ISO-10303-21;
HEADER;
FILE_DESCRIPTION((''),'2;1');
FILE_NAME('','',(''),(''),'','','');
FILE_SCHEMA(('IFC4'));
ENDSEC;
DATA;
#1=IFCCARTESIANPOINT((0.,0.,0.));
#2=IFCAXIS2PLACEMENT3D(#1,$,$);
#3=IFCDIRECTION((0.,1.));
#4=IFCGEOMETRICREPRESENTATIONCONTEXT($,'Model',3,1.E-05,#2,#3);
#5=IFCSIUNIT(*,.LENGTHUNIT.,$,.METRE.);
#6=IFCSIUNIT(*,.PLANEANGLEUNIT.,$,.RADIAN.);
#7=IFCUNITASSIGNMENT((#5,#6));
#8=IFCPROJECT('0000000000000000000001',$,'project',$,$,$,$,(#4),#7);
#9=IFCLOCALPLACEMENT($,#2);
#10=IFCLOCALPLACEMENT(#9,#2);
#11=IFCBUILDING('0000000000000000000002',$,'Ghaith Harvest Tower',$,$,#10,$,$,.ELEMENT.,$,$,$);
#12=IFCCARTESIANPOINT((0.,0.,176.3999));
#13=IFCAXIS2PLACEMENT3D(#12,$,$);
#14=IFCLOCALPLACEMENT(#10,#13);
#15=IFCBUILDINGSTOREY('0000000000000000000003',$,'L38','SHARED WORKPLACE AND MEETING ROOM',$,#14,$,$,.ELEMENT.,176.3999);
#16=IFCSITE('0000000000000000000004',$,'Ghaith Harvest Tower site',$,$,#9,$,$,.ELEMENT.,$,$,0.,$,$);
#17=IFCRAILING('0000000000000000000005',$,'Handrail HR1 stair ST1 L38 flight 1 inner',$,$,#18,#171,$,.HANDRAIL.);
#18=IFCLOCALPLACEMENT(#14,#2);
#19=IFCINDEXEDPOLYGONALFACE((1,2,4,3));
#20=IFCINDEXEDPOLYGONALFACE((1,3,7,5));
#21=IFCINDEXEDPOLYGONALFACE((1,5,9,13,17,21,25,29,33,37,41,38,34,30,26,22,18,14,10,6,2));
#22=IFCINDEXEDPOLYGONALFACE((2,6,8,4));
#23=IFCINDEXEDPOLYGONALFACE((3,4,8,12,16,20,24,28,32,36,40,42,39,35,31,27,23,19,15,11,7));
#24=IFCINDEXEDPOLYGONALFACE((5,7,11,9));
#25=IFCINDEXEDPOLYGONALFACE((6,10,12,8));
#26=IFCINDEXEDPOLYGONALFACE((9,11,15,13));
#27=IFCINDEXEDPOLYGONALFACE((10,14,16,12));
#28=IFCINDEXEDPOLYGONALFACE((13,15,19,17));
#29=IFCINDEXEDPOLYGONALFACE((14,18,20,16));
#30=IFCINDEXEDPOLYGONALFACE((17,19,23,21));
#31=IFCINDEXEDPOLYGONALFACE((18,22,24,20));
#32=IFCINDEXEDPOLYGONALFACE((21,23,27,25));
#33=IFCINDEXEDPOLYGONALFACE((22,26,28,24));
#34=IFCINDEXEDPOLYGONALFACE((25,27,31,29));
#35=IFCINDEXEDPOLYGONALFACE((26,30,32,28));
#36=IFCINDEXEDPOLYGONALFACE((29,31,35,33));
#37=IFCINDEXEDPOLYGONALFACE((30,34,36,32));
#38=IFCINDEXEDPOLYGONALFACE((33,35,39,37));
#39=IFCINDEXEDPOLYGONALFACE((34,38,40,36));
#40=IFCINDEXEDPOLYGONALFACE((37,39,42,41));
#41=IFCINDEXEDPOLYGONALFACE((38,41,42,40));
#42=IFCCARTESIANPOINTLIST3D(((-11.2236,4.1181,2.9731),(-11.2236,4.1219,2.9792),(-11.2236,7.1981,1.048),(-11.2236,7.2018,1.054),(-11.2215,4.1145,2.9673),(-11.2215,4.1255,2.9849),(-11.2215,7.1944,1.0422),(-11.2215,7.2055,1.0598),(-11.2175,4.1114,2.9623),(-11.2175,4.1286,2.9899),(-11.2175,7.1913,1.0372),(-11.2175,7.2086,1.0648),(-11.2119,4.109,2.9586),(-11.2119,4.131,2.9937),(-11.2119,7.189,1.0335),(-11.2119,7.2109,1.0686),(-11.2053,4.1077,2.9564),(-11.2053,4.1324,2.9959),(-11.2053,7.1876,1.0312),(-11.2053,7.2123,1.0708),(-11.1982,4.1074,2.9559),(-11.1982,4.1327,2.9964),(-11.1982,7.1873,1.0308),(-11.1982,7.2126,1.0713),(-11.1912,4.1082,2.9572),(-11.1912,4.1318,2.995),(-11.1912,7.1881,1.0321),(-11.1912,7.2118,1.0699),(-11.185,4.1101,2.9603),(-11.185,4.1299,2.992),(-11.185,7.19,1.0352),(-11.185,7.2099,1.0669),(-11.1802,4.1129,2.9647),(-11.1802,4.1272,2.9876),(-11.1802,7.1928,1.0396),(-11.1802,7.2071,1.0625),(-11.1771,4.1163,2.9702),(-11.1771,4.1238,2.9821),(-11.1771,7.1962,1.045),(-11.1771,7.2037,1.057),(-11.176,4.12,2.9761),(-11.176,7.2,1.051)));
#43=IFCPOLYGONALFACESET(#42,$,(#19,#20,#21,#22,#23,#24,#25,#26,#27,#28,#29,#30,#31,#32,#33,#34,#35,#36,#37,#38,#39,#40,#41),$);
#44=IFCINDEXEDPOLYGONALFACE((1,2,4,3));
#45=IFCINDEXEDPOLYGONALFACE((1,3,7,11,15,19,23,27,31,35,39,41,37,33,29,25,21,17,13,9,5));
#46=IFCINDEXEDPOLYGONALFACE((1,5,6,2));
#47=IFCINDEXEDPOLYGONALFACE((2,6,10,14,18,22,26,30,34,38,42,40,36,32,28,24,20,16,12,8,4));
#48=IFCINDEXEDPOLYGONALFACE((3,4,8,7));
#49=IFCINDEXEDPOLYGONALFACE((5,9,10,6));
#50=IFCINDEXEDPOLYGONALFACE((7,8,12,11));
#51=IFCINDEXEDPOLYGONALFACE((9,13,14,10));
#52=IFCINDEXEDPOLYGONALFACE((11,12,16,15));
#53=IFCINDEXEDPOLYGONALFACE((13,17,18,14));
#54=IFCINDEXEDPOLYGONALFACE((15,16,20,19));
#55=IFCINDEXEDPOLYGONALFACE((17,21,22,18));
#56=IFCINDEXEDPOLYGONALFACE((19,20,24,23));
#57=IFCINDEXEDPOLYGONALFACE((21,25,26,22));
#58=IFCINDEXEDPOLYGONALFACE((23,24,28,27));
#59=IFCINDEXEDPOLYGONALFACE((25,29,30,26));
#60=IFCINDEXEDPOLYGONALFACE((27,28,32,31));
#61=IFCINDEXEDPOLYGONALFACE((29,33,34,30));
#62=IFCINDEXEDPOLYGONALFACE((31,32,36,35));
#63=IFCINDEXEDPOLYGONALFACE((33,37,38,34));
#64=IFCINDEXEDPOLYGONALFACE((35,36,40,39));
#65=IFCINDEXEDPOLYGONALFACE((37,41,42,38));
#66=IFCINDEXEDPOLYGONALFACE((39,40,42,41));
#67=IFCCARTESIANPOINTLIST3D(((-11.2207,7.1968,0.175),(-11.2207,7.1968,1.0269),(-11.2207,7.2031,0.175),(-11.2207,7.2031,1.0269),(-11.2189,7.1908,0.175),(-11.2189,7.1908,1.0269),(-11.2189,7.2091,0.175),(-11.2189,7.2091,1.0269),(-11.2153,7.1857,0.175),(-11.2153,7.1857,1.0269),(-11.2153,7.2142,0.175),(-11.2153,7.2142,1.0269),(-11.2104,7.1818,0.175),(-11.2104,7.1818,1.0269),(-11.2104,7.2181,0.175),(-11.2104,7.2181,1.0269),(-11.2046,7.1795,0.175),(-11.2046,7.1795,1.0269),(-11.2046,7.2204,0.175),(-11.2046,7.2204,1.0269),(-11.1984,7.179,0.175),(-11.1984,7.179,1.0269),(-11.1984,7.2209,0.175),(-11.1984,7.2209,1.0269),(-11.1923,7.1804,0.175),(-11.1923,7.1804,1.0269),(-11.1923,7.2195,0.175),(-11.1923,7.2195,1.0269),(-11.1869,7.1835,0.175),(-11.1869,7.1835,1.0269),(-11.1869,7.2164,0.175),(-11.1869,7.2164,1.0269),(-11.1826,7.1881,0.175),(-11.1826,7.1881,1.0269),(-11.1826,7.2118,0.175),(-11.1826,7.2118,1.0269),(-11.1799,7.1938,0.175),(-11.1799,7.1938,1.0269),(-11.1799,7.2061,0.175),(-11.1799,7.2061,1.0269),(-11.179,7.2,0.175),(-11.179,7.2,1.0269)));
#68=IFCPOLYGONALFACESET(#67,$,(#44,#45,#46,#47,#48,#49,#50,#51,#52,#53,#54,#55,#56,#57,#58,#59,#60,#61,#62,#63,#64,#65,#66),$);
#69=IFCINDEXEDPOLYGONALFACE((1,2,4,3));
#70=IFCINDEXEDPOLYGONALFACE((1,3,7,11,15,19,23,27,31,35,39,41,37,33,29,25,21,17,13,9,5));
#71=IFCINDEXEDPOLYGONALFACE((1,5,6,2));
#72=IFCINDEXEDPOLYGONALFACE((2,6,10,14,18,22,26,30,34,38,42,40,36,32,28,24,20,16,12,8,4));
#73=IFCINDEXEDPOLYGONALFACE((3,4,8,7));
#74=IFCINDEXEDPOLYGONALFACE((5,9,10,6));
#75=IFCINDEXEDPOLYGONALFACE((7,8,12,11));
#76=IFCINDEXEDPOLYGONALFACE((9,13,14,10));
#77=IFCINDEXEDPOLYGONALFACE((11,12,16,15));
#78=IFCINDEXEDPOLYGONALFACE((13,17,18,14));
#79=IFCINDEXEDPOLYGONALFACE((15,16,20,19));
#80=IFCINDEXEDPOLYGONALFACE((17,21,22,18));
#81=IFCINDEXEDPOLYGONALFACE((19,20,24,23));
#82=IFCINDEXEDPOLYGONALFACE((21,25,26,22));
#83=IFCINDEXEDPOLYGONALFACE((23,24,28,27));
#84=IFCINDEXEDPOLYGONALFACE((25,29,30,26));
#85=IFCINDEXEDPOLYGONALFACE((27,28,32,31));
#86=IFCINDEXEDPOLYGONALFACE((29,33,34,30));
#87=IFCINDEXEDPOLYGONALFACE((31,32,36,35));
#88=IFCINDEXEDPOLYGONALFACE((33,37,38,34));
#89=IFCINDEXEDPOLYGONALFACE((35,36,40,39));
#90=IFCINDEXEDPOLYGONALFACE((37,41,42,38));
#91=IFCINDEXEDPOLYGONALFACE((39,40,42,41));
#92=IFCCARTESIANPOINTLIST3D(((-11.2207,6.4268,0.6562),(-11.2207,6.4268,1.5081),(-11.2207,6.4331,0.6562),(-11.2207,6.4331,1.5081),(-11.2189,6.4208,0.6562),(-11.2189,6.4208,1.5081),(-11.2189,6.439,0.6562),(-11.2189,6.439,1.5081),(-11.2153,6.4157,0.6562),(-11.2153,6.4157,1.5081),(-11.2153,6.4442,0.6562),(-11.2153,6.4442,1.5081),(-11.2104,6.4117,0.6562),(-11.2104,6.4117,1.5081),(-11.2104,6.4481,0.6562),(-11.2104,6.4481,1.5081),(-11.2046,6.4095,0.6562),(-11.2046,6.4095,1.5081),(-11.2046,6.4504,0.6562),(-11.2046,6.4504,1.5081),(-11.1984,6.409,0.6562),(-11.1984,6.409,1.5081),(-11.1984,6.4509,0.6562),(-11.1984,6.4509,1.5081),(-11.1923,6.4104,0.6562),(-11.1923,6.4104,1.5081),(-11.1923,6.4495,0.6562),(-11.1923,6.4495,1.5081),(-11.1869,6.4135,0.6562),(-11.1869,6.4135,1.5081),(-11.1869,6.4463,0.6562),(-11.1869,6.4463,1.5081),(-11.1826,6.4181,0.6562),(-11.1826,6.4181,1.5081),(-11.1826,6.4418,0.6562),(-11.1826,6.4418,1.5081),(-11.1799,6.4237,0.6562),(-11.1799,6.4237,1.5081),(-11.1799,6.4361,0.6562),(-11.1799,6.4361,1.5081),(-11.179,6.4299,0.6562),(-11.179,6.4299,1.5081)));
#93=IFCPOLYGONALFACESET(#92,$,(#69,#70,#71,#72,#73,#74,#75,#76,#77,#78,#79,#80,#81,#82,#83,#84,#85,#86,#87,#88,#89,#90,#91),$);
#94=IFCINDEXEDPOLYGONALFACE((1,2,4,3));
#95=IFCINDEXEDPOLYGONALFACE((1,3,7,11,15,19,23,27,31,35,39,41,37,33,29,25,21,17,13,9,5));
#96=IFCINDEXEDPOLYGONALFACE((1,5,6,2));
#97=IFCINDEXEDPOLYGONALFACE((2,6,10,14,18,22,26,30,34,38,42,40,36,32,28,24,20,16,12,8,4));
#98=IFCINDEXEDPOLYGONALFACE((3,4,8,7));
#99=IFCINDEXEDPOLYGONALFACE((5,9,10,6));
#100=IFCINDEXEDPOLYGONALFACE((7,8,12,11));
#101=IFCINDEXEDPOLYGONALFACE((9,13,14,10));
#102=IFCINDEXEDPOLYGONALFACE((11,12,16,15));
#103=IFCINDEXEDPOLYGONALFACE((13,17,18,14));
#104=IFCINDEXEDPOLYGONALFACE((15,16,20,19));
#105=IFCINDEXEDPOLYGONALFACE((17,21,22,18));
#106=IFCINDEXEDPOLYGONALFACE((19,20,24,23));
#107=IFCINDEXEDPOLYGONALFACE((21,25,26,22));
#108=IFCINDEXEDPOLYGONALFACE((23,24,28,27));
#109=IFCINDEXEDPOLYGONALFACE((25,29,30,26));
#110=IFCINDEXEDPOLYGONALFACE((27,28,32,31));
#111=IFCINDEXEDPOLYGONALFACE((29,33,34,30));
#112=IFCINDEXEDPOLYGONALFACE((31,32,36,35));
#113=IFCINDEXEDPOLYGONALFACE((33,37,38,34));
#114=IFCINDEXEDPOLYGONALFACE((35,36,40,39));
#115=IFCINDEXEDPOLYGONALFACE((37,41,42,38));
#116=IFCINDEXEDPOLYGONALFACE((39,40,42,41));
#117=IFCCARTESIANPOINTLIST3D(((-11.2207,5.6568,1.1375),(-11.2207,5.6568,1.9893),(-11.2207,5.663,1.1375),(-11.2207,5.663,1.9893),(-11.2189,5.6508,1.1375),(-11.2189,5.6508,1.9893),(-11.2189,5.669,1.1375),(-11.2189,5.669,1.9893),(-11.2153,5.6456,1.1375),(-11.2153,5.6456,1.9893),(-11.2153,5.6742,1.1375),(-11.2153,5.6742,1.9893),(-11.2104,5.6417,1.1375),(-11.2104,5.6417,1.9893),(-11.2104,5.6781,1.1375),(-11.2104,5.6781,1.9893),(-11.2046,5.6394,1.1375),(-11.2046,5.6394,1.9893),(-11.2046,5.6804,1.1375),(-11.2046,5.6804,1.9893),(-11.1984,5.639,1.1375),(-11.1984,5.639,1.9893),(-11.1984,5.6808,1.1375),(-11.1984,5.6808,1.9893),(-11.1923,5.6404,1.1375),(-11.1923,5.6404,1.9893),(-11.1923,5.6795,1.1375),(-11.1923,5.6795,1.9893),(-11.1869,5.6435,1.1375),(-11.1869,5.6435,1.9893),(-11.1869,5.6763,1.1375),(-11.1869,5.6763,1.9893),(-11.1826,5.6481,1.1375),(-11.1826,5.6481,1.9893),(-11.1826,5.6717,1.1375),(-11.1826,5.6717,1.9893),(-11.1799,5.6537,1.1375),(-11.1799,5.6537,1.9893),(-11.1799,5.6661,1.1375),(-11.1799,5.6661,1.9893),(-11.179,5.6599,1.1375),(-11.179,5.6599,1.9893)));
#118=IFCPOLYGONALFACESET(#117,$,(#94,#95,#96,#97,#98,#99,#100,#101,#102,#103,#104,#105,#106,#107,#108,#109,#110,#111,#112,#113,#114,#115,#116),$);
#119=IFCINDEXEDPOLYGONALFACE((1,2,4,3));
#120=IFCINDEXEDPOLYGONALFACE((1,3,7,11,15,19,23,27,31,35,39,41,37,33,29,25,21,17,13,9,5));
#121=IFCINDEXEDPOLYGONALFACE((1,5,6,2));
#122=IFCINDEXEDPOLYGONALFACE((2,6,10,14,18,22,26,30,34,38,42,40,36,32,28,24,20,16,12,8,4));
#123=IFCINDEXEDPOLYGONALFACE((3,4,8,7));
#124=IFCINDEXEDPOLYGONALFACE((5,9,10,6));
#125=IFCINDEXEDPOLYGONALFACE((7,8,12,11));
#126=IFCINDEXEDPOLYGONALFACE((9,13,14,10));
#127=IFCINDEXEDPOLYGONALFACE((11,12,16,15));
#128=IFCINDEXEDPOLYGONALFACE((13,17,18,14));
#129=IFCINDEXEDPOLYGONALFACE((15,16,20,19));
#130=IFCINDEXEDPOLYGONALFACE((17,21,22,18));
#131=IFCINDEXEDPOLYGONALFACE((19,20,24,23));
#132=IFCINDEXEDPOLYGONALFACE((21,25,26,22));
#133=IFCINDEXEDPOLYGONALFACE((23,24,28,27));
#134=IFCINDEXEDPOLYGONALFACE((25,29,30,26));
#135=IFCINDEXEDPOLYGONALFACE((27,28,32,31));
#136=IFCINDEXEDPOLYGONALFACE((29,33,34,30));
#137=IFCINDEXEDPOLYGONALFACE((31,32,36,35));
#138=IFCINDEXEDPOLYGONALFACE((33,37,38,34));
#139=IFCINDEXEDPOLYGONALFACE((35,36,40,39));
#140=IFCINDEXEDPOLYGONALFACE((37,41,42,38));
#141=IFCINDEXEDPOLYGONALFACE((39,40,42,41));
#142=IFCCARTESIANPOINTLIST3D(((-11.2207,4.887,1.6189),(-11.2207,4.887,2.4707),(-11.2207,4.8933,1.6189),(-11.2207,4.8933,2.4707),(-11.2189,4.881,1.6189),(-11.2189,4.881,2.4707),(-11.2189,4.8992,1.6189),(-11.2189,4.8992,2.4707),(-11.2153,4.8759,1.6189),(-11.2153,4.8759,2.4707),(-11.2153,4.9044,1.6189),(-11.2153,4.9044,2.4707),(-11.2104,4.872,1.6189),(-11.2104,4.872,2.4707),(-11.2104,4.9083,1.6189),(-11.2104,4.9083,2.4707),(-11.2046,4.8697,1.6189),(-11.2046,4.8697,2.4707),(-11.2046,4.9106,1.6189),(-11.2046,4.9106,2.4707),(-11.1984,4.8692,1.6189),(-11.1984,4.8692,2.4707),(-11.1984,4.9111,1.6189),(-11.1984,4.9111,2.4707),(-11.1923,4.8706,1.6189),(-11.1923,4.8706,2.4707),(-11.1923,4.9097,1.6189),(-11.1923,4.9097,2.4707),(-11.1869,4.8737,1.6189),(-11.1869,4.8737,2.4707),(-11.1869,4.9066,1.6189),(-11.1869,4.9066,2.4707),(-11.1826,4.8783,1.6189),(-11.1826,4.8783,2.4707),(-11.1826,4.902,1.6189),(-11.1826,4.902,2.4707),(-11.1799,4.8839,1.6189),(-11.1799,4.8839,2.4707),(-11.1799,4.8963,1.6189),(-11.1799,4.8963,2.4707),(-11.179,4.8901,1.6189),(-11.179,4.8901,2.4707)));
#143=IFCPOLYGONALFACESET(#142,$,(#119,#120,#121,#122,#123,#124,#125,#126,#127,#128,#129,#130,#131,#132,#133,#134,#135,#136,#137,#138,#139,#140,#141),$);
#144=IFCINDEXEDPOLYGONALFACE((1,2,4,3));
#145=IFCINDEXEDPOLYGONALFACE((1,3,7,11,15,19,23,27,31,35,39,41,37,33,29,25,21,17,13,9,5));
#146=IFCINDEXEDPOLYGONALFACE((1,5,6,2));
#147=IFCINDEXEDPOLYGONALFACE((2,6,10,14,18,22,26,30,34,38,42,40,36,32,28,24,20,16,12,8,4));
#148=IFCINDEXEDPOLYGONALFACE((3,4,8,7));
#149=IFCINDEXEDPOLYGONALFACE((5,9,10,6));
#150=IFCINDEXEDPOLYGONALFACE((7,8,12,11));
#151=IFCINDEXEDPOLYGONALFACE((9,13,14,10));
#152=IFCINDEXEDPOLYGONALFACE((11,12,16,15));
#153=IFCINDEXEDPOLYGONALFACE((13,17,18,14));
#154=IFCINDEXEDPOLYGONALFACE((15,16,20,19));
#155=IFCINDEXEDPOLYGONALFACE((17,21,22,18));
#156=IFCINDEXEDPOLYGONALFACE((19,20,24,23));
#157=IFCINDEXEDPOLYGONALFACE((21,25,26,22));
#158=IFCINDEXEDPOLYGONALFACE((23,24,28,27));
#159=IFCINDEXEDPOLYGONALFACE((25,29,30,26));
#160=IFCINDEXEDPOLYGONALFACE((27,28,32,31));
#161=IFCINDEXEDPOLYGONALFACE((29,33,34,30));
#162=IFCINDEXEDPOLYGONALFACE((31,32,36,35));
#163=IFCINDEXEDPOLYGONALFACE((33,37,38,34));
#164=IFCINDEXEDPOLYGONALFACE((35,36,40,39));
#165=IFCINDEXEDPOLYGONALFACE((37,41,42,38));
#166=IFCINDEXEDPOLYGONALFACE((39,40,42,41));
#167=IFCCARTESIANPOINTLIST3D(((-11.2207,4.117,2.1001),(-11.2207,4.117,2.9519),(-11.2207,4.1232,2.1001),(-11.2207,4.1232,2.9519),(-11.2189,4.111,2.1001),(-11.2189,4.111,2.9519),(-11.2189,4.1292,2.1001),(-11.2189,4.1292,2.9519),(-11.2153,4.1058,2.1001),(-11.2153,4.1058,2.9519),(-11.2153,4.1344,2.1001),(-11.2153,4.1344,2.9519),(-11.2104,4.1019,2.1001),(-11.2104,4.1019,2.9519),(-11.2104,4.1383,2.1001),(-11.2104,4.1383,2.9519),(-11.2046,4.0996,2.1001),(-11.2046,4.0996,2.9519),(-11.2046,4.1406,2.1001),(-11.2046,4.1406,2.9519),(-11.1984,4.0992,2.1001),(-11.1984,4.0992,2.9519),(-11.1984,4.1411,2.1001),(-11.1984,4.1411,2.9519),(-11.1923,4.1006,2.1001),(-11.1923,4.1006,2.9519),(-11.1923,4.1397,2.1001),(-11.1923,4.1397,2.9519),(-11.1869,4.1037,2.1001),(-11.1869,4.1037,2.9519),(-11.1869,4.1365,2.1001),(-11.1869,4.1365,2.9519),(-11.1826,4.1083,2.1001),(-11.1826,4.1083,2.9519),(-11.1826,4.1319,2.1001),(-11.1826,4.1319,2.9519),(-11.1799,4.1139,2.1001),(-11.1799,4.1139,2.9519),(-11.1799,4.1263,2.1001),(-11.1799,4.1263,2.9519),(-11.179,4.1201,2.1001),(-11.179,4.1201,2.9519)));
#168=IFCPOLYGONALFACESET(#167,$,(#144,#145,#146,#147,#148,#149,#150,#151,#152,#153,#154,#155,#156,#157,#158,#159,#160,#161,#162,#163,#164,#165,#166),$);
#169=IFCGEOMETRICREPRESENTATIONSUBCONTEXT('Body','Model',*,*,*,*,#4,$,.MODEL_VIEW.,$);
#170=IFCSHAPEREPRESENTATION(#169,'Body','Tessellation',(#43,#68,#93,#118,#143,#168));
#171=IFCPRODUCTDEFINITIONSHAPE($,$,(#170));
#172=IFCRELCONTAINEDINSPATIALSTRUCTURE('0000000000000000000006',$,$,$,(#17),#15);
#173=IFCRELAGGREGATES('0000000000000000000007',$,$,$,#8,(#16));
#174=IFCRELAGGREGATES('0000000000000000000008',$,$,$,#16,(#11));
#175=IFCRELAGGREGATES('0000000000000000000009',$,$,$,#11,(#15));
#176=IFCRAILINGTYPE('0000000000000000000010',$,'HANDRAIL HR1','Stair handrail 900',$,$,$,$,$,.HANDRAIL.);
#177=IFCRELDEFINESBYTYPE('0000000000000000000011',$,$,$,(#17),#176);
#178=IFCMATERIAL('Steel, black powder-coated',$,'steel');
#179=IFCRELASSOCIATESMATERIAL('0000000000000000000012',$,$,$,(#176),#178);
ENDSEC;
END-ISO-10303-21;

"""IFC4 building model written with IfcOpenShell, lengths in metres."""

from ifc_helpers import new_model, si_unit, direction, frame, origin, origin_2d, place, context, subcontext, project, spatial, circle, extrude, material, type_object, element, save


model = new_model("IFC4")

# Units and contexts
model_context = context("Model", 3, precision=1e-05, world=origin(), true_north=direction((0.0, 1.0)))
body_context = subcontext(model_context, "Body", "Model", "MODEL_VIEW")
ifc_project = project(units=[si_unit("LENGTHUNIT", "METRE"), si_unit("PLANEANGLEUNIT", "RADIAN")], contexts=[model_context])

# Site, building, storey
site_placement = place(None, origin())
site = spatial("IfcSite", under=ifc_project, at=site_placement, Name="Ghaith Harvest Tower site", CompositionType="ELEMENT", RefElevation=0.0)
building_placement = place(site_placement, origin())
building = spatial("IfcBuilding", under=site, at=building_placement, Name="Ghaith Harvest Tower", CompositionType="ELEMENT")
storey_placement = place(building_placement, frame((0.0, 0.0, 176.3999)))
storey = spatial("IfcBuildingStorey", under=building, at=storey_placement, Name="L38", Description="SHARED WORKPLACE AND MEETING ROOM", CompositionType="ELEMENT", Elevation=176.3999)

# Railing
ifc_material_1 = material(Name="Steel, black powder-coated", Category="steel")
railing_type = type_object("IfcRailingType", Name="HANDRAIL HR1", Description="Stair handrail 900", PredefinedType="HANDRAIL", material=ifc_material_1)
railing_1_placement = place(storey_placement, frame((-11.2, 7.2, 0.175)))
element("IfcRailing", 1, at=railing_1_placement, inside=storey, type_object=railing_type, Name="Handrail HR1 stair ST1 L38 flight 1 inner", PredefinedType="HANDRAIL", context=body_context, shape_type="SweptSolid", body=[
    extrude(circle(Radius=0.0239, at=origin_2d()), frame((0.0, 0.0, 0.876), z_axis=(0.0, -0.847979, 0.530029), x_axis=(1.0, 0.0, 0.0)), (0.0, 0.0, 1.0), 3.6321),
    extrude(circle(Radius=0.021, at=origin_2d()), origin(), (0.0, 0.0, 1.0), 0.8518),
    extrude(circle(Radius=0.021, at=origin_2d()), frame((0.0, -0.77, 0.4812)), (0.0, 0.0, 1.0), 0.8518),
    extrude(circle(Radius=0.021, at=origin_2d()), frame((0.0, -1.54, 0.9624)), (0.0, 0.0, 1.0), 0.8518),
    extrude(circle(Radius=0.021, at=origin_2d()), frame((0.0, -2.3098, 1.4438)), (0.0, 0.0, 1.0), 0.8518),
    extrude(circle(Radius=0.021, at=origin_2d()), frame((0.0, -3.0798, 1.925)), (0.0, 0.0, 1.0), 0.8518),
])

save(model, "model.ifc")
